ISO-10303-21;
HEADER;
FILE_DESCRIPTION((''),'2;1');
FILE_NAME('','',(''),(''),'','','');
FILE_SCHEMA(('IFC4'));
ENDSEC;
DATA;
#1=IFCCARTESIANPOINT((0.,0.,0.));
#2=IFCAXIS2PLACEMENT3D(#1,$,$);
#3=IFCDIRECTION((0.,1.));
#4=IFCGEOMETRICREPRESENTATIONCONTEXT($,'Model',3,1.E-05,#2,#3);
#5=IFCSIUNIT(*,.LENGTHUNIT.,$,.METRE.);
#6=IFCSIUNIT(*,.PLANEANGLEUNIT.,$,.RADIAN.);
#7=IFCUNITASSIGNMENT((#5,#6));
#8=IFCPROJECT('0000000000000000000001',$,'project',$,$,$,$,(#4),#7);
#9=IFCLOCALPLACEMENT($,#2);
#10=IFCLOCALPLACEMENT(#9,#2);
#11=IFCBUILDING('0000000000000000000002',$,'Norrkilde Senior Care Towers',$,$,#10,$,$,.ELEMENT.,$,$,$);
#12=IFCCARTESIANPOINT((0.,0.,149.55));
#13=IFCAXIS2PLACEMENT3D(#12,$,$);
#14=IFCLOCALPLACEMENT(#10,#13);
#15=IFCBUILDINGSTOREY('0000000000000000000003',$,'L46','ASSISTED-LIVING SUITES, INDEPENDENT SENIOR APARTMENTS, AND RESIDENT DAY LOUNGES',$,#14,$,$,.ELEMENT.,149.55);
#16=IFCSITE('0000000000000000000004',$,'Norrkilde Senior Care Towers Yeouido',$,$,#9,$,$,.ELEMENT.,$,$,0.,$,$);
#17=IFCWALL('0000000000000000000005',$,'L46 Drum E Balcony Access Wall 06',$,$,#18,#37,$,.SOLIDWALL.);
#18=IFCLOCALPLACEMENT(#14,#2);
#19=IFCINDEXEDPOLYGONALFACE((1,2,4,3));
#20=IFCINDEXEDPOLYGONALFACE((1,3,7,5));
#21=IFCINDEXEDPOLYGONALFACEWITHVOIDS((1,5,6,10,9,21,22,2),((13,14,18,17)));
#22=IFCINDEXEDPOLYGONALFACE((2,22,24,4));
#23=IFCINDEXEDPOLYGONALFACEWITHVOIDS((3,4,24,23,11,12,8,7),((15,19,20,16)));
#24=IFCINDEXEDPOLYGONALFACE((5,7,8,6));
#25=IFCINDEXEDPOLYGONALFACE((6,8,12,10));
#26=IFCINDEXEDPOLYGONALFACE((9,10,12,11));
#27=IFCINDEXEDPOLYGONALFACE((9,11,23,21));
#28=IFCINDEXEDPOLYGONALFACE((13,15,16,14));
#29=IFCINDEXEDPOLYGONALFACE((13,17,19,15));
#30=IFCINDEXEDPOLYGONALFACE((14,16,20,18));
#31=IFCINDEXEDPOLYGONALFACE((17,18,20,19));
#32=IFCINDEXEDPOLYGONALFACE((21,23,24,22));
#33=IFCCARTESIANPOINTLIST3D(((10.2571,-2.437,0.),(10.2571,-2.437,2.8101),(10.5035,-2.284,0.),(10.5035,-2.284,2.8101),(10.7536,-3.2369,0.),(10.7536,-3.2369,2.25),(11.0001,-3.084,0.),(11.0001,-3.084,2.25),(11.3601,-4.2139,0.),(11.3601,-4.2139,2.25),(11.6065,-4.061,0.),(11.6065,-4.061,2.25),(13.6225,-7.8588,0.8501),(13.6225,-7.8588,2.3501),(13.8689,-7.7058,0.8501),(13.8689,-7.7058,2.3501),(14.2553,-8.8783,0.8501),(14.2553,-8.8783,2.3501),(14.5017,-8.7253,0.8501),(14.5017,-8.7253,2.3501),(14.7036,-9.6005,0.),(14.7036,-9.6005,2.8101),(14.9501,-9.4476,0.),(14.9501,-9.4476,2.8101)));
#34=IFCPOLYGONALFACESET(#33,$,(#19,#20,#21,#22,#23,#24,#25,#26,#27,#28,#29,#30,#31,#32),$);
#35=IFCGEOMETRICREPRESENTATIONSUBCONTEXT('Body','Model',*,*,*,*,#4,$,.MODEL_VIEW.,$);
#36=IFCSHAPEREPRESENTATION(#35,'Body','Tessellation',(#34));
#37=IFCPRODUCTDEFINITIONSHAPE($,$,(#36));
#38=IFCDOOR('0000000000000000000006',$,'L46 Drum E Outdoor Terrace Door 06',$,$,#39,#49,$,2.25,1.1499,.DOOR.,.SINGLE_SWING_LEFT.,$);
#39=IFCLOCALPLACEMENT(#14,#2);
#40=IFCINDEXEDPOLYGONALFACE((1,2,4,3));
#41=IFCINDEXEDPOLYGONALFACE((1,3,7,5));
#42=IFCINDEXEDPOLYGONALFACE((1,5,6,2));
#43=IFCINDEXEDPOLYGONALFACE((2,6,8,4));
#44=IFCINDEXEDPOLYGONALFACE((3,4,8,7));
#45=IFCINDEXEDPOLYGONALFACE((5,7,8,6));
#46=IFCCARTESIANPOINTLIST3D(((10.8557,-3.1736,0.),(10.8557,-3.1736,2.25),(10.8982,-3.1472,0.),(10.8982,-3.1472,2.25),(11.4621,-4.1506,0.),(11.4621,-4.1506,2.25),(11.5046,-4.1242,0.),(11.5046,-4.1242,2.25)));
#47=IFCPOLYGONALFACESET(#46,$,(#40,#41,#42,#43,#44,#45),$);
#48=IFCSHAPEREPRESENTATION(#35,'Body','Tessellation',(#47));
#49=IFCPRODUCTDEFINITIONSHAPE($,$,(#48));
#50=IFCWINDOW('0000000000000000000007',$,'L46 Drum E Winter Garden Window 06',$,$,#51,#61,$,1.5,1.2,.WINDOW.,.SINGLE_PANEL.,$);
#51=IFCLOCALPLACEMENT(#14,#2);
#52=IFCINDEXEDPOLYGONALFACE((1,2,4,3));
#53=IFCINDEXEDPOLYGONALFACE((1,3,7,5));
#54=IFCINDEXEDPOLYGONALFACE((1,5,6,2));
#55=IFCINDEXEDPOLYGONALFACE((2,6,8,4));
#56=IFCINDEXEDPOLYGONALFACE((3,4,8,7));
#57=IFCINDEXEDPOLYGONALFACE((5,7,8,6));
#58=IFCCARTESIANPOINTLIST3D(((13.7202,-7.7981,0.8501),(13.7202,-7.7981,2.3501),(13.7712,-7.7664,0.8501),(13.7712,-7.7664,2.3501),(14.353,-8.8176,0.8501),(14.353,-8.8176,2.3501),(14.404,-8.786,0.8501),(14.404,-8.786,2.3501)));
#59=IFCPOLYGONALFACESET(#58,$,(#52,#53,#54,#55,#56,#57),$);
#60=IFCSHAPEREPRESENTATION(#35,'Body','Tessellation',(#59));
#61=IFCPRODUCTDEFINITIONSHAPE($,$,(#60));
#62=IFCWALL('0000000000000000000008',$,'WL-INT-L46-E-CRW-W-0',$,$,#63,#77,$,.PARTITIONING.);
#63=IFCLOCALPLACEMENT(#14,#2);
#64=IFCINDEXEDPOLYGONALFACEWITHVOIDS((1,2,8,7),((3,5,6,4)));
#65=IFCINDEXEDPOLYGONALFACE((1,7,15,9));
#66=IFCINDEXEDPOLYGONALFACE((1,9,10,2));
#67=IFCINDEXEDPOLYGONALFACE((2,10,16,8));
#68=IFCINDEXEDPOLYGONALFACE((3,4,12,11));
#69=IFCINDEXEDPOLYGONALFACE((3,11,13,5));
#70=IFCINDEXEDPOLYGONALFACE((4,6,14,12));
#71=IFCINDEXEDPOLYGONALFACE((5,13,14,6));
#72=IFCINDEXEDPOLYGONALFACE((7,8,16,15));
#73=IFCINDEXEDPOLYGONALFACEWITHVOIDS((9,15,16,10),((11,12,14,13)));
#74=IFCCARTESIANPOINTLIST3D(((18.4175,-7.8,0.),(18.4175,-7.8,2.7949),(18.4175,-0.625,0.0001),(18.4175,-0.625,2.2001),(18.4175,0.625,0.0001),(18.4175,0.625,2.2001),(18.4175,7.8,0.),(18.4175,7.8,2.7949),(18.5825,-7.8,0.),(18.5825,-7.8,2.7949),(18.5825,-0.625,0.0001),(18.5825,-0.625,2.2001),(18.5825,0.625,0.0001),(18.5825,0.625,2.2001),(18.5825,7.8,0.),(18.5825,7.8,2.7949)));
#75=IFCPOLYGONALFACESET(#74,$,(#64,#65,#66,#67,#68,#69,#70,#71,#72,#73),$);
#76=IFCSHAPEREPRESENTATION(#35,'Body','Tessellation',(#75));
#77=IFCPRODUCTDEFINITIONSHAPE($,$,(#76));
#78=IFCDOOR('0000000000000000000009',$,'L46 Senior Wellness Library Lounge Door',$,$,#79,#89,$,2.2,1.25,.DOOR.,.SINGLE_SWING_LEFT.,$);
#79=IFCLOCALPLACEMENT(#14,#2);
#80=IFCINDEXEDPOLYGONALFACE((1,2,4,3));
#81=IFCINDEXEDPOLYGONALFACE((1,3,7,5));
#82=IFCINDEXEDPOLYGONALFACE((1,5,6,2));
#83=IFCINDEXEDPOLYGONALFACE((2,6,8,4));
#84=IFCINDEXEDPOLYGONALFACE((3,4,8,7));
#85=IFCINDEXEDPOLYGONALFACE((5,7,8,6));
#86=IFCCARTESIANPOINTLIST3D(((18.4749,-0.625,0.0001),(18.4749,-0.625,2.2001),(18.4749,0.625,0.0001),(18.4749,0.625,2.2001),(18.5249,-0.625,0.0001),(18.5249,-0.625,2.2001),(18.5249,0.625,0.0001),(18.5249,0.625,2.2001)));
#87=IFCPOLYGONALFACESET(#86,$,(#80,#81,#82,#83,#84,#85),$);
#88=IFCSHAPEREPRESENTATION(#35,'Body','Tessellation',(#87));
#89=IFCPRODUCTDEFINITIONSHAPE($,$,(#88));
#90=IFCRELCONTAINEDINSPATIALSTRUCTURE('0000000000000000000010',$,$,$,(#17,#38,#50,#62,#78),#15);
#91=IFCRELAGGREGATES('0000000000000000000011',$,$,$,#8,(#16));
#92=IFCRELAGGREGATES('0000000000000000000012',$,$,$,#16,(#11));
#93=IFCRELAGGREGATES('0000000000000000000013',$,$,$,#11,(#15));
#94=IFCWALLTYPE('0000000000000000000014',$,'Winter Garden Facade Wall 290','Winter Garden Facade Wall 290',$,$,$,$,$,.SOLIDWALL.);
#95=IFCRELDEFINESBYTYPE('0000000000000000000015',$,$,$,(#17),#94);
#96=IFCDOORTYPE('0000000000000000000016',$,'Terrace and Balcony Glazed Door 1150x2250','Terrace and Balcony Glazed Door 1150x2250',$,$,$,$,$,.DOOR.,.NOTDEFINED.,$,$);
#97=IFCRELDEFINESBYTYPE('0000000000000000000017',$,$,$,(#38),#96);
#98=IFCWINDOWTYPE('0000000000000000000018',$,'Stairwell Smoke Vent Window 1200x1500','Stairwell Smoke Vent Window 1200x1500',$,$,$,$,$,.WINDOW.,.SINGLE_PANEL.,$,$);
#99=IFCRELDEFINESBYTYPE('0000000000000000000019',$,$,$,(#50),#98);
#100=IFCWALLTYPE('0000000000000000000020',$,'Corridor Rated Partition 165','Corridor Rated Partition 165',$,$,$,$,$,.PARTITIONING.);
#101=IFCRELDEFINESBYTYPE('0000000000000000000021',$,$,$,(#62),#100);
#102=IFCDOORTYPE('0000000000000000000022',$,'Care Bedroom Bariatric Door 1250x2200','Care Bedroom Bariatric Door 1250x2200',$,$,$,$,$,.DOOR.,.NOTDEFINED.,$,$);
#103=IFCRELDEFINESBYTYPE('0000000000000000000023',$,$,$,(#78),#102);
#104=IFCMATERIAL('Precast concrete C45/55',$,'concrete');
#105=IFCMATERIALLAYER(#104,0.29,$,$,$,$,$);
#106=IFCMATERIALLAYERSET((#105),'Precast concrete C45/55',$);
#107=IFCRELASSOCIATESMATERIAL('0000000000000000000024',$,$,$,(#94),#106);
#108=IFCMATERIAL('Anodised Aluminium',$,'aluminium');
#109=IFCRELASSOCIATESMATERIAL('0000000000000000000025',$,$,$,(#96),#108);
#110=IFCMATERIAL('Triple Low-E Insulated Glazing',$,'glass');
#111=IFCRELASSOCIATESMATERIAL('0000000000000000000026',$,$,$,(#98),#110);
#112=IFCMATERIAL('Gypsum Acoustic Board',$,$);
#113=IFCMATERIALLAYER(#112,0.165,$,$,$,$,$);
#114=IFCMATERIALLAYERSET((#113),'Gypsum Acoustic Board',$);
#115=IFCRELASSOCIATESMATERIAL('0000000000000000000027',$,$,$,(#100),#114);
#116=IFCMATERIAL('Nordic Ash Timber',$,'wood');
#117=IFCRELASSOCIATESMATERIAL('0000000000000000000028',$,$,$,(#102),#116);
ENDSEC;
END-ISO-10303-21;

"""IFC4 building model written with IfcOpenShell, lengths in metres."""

from ifc_helpers import new_model, si_unit, direction, frame, frame_2d, origin, place, context, subcontext, project, spatial, rectangle, extrude, source, transform, mapped, material, layer, layer_set, type_object, type_shapes, element, fill, save


model = new_model("IFC4")

# Units and contexts
model_context = context("Model", 3, precision=1e-05, world=origin(), true_north=direction((0.0, 1.0)))
body_context = subcontext(model_context, "Body", "Model", "MODEL_VIEW")
ifc_project = project(units=[si_unit("LENGTHUNIT", "METRE"), si_unit("PLANEANGLEUNIT", "RADIAN")], contexts=[model_context])

# Site, building, storey
site_placement = place(None, origin())
site = spatial("IfcSite", under=ifc_project, at=site_placement, Name="Norrkilde Senior Care Towers Yeouido", CompositionType="ELEMENT", RefElevation=0.0)
building_placement = place(site_placement, origin())
building = spatial("IfcBuilding", under=site, at=building_placement, Name="Norrkilde Senior Care Towers", CompositionType="ELEMENT")
storey_placement = place(building_placement, frame((0.0, 0.0, 149.55)))
storey = spatial("IfcBuildingStorey", under=building, at=storey_placement, Name="L46", Description="ASSISTED-LIVING SUITES, INDEPENDENT SENIOR APARTMENTS, AND RESIDENT DAY LOUNGES", CompositionType="ELEMENT", Elevation=149.55)

# Shared definitions
ifc_material_1 = material(Name="Triple Low-E Insulated Glazing", Category="glass")
ifc_material_2 = material(Name="Anodised Aluminium", Category="aluminium")

# Wall, openings, door, window
ifc_material_3 = material(Name="Precast concrete C45/55", Category="concrete")
ifc_layer_1 = layer(ifc_material_3, 0.29)
ifc_layer_set_1 = layer_set([ifc_layer_1], Name="Precast concrete C45/55")
wall_type_1 = type_object("IfcWallType", Name="Winter Garden Facade Wall 290", Description="Winter Garden Facade Wall 290", PredefinedType="SOLIDWALL", material=ifc_layer_set_1)
shared_shape_1 = source(origin(), body_context, "Body", "SweptSolid", [
    extrude(rectangle(XDim=8.4314, YDim=0.29, at=frame_2d((4.2158, 0.0))), origin(), (0.0, 0.0, 1.0), 2.8101),
])
type_shapes(wall_type_1, [shared_shape_1])
wall_1_placement = place(storey_placement, frame((14.8269, -9.5242, 0.0), z_axis=(0.0, 0.0, 1.0), x_axis=(-0.527378, 0.849631, 0.0)))
wall_1 = element("IfcWall", 1, at=wall_1_placement, inside=storey, type_object=wall_type_1, Name="L46 Drum E Balcony Access Wall 06", PredefinedType="SOLIDWALL", context=body_context, shape_type="MappedRepresentation", body=[
    mapped(shared_shape_1, transform((0.0, 0.0, 0.0), x_axis=(1.0, 0.0, 0.0), y_axis=(0.0, 1.0, 0.0), z_axis=(0.0, 0.0, 1.0), scale=1.0)),
])
opening_1_placement = place(wall_1_placement, frame((6.3401, 0.0, 0.0)))
opening_1 = element("IfcOpeningElement", 2, at=opening_1_placement, cuts=wall_1, PredefinedType="OPENING", context=body_context, shape_type="SweptSolid", body=[
    extrude(rectangle(XDim=1.1499, YDim=2.25, at=frame_2d((0.575, 1.125))), frame((0.0, 0.155, 0.0), z_axis=(0.0, -1.0, 0.0), x_axis=(1.0, 0.0, 0.0)), (0.0, 0.0, 1.0), 0.3101),
])
opening_2_placement = place(wall_1_placement, frame((0.8501, 0.0, 0.8501)))
opening_2 = element("IfcOpeningElement", 3, at=opening_2_placement, cuts=wall_1, PredefinedType="OPENING", context=body_context, shape_type="SweptSolid", body=[
    extrude(rectangle(XDim=1.2, YDim=1.5, at=frame_2d((0.6001, 0.75))), frame((0.0, 0.155, 0.0), z_axis=(0.0, -1.0, 0.0), x_axis=(1.0, 0.0, 0.0)), (0.0, 0.0, 1.0), 0.3101),
])
door_type_1 = type_object("IfcDoorType", Name="Terrace and Balcony Glazed Door 1150x2250", Description="Terrace and Balcony Glazed Door 1150x2250", OperationType="NOTDEFINED", PredefinedType="DOOR", material=ifc_material_2)
shared_shape_2 = source(origin(), body_context, "Body", "SweptSolid", [
    extrude(rectangle(XDim=1.1499, YDim=2.25, at=frame_2d((0.575, 1.125))), frame((0.0, 0.0249, 0.0), z_axis=(0.0, -1.0, 0.0), x_axis=(1.0, 0.0, 0.0)), (0.0, 0.0, 1.0), 0.05),
])
type_shapes(door_type_1, [shared_shape_2])
door_1_placement = place(opening_1_placement, origin())
door_1 = element("IfcDoor", 4, at=door_1_placement, inside=storey, type_object=door_type_1, Name="L46 Drum E Outdoor Terrace Door 06", OperationType="SINGLE_SWING_LEFT", OverallHeight=2.25, OverallWidth=1.1499, PredefinedType="DOOR", context=body_context, shape_type="MappedRepresentation", body=[
    mapped(shared_shape_2, transform((0.0, 0.0, 0.0), x_axis=(1.0, 0.0, 0.0), y_axis=(0.0, 1.0, 0.0), z_axis=(0.0, 0.0, 1.0), scale=1.0)),
])
fill(opening_1, door_1)
window_type = type_object("IfcWindowType", Name="Stairwell Smoke Vent Window 1200x1500", Description="Stairwell Smoke Vent Window 1200x1500", PartitioningType="SINGLE_PANEL", PredefinedType="WINDOW", material=ifc_material_1)
shared_shape_3 = source(origin(), body_context, "Body", "SweptSolid", [
    extrude(rectangle(XDim=1.2, YDim=1.5, at=frame_2d((0.6001, 0.75))), frame((0.0, 0.03, 0.0), z_axis=(0.0, -1.0, 0.0), x_axis=(1.0, 0.0, 0.0)), (0.0, 0.0, 1.0), 0.0601),
])
type_shapes(window_type, [shared_shape_3])
window_placement = place(opening_2_placement, origin())
window = element("IfcWindow", 5, at=window_placement, inside=storey, type_object=window_type, Name="L46 Drum E Winter Garden Window 06", OverallHeight=1.5, OverallWidth=1.2, PartitioningType="SINGLE_PANEL", PredefinedType="WINDOW", context=body_context, shape_type="MappedRepresentation", body=[
    mapped(shared_shape_3, transform((0.0, 0.0, 0.0), x_axis=(1.0, 0.0, 0.0), y_axis=(0.0, 1.0, 0.0), z_axis=(0.0, 0.0, 1.0), scale=1.0)),
])
fill(opening_2, window)

# Wall, opening, door
ifc_material_4 = material(Name="Gypsum Acoustic Board")
ifc_layer_2 = layer(ifc_material_4, 0.165)
ifc_layer_set_2 = layer_set([ifc_layer_2], Name="Gypsum Acoustic Board")
wall_type_2 = type_object("IfcWallType", Name="Corridor Rated Partition 165", Description="Corridor Rated Partition 165", PredefinedType="PARTITIONING", material=ifc_layer_set_2)
shared_shape_4 = source(origin(), body_context, "Body", "SweptSolid", [
    extrude(rectangle(XDim=15.6001, YDim=0.165, at=frame_2d((7.8, 0.0))), origin(), (0.0, 0.0, 1.0), 2.7949),
])
type_shapes(wall_type_2, [shared_shape_4])
wall_2_placement = place(storey_placement, frame((18.5, -7.8, 0.0), z_axis=(0.0, 0.0, 1.0), x_axis=(0.0, 1.0, 0.0)))
wall_2 = element("IfcWall", 6, at=wall_2_placement, inside=storey, type_object=wall_type_2, Name="WL-INT-L46-E-CRW-W-0", PredefinedType="PARTITIONING", context=body_context, shape_type="MappedRepresentation", body=[
    mapped(shared_shape_4, transform((0.0, 0.0, 0.0), x_axis=(1.0, 0.0, 0.0), y_axis=(0.0, 1.0, 0.0), z_axis=(0.0, 0.0, 1.0), scale=1.0)),
])
opening_3_placement = place(wall_2_placement, frame((7.175, 0.0, 0.0)))
opening_3 = element("IfcOpeningElement", 7, at=opening_3_placement, cuts=wall_2, PredefinedType="OPENING", context=body_context, shape_type="SweptSolid", body=[
    extrude(rectangle(XDim=1.25, YDim=2.2, at=frame_2d((0.625, 1.1001))), frame((0.0, 0.0925, 0.0), z_axis=(0.0, -1.0, 0.0), x_axis=(1.0, 0.0, 0.0)), (0.0, 0.0, 1.0), 0.1851),
])
ifc_material_5 = material(Name="Nordic Ash Timber", Category="wood")
door_type_2 = type_object("IfcDoorType", Name="Care Bedroom Bariatric Door 1250x2200", Description="Care Bedroom Bariatric Door 1250x2200", OperationType="NOTDEFINED", PredefinedType="DOOR", material=ifc_material_5)
shared_shape_5 = source(origin(), body_context, "Body", "SweptSolid", [
    extrude(rectangle(XDim=1.25, YDim=2.2, at=frame_2d((0.625, 1.1001))), frame((0.0, 0.0249, 0.0), z_axis=(0.0, -1.0, 0.0), x_axis=(1.0, 0.0, 0.0)), (0.0, 0.0, 1.0), 0.05),
])
type_shapes(door_type_2, [shared_shape_5])
door_2_placement = place(opening_3_placement, frame((1.25, 0.0, 0.0), z_axis=(0.0, 0.0, 1.0), x_axis=(-1.0, 0.0, 0.0)))
door_2 = element("IfcDoor", 8, at=door_2_placement, inside=storey, type_object=door_type_2, Name="L46 Senior Wellness Library Lounge Door", OperationType="SINGLE_SWING_LEFT", OverallHeight=2.2, OverallWidth=1.25, PredefinedType="DOOR", context=body_context, shape_type="MappedRepresentation", body=[
    mapped(shared_shape_5, transform((0.0, 0.0, 0.0), x_axis=(1.0, 0.0, 0.0), y_axis=(0.0, 1.0, 0.0), z_axis=(0.0, 0.0, 1.0), scale=1.0)),
])
fill(opening_3, door_2)

save(model, "model.ifc")
